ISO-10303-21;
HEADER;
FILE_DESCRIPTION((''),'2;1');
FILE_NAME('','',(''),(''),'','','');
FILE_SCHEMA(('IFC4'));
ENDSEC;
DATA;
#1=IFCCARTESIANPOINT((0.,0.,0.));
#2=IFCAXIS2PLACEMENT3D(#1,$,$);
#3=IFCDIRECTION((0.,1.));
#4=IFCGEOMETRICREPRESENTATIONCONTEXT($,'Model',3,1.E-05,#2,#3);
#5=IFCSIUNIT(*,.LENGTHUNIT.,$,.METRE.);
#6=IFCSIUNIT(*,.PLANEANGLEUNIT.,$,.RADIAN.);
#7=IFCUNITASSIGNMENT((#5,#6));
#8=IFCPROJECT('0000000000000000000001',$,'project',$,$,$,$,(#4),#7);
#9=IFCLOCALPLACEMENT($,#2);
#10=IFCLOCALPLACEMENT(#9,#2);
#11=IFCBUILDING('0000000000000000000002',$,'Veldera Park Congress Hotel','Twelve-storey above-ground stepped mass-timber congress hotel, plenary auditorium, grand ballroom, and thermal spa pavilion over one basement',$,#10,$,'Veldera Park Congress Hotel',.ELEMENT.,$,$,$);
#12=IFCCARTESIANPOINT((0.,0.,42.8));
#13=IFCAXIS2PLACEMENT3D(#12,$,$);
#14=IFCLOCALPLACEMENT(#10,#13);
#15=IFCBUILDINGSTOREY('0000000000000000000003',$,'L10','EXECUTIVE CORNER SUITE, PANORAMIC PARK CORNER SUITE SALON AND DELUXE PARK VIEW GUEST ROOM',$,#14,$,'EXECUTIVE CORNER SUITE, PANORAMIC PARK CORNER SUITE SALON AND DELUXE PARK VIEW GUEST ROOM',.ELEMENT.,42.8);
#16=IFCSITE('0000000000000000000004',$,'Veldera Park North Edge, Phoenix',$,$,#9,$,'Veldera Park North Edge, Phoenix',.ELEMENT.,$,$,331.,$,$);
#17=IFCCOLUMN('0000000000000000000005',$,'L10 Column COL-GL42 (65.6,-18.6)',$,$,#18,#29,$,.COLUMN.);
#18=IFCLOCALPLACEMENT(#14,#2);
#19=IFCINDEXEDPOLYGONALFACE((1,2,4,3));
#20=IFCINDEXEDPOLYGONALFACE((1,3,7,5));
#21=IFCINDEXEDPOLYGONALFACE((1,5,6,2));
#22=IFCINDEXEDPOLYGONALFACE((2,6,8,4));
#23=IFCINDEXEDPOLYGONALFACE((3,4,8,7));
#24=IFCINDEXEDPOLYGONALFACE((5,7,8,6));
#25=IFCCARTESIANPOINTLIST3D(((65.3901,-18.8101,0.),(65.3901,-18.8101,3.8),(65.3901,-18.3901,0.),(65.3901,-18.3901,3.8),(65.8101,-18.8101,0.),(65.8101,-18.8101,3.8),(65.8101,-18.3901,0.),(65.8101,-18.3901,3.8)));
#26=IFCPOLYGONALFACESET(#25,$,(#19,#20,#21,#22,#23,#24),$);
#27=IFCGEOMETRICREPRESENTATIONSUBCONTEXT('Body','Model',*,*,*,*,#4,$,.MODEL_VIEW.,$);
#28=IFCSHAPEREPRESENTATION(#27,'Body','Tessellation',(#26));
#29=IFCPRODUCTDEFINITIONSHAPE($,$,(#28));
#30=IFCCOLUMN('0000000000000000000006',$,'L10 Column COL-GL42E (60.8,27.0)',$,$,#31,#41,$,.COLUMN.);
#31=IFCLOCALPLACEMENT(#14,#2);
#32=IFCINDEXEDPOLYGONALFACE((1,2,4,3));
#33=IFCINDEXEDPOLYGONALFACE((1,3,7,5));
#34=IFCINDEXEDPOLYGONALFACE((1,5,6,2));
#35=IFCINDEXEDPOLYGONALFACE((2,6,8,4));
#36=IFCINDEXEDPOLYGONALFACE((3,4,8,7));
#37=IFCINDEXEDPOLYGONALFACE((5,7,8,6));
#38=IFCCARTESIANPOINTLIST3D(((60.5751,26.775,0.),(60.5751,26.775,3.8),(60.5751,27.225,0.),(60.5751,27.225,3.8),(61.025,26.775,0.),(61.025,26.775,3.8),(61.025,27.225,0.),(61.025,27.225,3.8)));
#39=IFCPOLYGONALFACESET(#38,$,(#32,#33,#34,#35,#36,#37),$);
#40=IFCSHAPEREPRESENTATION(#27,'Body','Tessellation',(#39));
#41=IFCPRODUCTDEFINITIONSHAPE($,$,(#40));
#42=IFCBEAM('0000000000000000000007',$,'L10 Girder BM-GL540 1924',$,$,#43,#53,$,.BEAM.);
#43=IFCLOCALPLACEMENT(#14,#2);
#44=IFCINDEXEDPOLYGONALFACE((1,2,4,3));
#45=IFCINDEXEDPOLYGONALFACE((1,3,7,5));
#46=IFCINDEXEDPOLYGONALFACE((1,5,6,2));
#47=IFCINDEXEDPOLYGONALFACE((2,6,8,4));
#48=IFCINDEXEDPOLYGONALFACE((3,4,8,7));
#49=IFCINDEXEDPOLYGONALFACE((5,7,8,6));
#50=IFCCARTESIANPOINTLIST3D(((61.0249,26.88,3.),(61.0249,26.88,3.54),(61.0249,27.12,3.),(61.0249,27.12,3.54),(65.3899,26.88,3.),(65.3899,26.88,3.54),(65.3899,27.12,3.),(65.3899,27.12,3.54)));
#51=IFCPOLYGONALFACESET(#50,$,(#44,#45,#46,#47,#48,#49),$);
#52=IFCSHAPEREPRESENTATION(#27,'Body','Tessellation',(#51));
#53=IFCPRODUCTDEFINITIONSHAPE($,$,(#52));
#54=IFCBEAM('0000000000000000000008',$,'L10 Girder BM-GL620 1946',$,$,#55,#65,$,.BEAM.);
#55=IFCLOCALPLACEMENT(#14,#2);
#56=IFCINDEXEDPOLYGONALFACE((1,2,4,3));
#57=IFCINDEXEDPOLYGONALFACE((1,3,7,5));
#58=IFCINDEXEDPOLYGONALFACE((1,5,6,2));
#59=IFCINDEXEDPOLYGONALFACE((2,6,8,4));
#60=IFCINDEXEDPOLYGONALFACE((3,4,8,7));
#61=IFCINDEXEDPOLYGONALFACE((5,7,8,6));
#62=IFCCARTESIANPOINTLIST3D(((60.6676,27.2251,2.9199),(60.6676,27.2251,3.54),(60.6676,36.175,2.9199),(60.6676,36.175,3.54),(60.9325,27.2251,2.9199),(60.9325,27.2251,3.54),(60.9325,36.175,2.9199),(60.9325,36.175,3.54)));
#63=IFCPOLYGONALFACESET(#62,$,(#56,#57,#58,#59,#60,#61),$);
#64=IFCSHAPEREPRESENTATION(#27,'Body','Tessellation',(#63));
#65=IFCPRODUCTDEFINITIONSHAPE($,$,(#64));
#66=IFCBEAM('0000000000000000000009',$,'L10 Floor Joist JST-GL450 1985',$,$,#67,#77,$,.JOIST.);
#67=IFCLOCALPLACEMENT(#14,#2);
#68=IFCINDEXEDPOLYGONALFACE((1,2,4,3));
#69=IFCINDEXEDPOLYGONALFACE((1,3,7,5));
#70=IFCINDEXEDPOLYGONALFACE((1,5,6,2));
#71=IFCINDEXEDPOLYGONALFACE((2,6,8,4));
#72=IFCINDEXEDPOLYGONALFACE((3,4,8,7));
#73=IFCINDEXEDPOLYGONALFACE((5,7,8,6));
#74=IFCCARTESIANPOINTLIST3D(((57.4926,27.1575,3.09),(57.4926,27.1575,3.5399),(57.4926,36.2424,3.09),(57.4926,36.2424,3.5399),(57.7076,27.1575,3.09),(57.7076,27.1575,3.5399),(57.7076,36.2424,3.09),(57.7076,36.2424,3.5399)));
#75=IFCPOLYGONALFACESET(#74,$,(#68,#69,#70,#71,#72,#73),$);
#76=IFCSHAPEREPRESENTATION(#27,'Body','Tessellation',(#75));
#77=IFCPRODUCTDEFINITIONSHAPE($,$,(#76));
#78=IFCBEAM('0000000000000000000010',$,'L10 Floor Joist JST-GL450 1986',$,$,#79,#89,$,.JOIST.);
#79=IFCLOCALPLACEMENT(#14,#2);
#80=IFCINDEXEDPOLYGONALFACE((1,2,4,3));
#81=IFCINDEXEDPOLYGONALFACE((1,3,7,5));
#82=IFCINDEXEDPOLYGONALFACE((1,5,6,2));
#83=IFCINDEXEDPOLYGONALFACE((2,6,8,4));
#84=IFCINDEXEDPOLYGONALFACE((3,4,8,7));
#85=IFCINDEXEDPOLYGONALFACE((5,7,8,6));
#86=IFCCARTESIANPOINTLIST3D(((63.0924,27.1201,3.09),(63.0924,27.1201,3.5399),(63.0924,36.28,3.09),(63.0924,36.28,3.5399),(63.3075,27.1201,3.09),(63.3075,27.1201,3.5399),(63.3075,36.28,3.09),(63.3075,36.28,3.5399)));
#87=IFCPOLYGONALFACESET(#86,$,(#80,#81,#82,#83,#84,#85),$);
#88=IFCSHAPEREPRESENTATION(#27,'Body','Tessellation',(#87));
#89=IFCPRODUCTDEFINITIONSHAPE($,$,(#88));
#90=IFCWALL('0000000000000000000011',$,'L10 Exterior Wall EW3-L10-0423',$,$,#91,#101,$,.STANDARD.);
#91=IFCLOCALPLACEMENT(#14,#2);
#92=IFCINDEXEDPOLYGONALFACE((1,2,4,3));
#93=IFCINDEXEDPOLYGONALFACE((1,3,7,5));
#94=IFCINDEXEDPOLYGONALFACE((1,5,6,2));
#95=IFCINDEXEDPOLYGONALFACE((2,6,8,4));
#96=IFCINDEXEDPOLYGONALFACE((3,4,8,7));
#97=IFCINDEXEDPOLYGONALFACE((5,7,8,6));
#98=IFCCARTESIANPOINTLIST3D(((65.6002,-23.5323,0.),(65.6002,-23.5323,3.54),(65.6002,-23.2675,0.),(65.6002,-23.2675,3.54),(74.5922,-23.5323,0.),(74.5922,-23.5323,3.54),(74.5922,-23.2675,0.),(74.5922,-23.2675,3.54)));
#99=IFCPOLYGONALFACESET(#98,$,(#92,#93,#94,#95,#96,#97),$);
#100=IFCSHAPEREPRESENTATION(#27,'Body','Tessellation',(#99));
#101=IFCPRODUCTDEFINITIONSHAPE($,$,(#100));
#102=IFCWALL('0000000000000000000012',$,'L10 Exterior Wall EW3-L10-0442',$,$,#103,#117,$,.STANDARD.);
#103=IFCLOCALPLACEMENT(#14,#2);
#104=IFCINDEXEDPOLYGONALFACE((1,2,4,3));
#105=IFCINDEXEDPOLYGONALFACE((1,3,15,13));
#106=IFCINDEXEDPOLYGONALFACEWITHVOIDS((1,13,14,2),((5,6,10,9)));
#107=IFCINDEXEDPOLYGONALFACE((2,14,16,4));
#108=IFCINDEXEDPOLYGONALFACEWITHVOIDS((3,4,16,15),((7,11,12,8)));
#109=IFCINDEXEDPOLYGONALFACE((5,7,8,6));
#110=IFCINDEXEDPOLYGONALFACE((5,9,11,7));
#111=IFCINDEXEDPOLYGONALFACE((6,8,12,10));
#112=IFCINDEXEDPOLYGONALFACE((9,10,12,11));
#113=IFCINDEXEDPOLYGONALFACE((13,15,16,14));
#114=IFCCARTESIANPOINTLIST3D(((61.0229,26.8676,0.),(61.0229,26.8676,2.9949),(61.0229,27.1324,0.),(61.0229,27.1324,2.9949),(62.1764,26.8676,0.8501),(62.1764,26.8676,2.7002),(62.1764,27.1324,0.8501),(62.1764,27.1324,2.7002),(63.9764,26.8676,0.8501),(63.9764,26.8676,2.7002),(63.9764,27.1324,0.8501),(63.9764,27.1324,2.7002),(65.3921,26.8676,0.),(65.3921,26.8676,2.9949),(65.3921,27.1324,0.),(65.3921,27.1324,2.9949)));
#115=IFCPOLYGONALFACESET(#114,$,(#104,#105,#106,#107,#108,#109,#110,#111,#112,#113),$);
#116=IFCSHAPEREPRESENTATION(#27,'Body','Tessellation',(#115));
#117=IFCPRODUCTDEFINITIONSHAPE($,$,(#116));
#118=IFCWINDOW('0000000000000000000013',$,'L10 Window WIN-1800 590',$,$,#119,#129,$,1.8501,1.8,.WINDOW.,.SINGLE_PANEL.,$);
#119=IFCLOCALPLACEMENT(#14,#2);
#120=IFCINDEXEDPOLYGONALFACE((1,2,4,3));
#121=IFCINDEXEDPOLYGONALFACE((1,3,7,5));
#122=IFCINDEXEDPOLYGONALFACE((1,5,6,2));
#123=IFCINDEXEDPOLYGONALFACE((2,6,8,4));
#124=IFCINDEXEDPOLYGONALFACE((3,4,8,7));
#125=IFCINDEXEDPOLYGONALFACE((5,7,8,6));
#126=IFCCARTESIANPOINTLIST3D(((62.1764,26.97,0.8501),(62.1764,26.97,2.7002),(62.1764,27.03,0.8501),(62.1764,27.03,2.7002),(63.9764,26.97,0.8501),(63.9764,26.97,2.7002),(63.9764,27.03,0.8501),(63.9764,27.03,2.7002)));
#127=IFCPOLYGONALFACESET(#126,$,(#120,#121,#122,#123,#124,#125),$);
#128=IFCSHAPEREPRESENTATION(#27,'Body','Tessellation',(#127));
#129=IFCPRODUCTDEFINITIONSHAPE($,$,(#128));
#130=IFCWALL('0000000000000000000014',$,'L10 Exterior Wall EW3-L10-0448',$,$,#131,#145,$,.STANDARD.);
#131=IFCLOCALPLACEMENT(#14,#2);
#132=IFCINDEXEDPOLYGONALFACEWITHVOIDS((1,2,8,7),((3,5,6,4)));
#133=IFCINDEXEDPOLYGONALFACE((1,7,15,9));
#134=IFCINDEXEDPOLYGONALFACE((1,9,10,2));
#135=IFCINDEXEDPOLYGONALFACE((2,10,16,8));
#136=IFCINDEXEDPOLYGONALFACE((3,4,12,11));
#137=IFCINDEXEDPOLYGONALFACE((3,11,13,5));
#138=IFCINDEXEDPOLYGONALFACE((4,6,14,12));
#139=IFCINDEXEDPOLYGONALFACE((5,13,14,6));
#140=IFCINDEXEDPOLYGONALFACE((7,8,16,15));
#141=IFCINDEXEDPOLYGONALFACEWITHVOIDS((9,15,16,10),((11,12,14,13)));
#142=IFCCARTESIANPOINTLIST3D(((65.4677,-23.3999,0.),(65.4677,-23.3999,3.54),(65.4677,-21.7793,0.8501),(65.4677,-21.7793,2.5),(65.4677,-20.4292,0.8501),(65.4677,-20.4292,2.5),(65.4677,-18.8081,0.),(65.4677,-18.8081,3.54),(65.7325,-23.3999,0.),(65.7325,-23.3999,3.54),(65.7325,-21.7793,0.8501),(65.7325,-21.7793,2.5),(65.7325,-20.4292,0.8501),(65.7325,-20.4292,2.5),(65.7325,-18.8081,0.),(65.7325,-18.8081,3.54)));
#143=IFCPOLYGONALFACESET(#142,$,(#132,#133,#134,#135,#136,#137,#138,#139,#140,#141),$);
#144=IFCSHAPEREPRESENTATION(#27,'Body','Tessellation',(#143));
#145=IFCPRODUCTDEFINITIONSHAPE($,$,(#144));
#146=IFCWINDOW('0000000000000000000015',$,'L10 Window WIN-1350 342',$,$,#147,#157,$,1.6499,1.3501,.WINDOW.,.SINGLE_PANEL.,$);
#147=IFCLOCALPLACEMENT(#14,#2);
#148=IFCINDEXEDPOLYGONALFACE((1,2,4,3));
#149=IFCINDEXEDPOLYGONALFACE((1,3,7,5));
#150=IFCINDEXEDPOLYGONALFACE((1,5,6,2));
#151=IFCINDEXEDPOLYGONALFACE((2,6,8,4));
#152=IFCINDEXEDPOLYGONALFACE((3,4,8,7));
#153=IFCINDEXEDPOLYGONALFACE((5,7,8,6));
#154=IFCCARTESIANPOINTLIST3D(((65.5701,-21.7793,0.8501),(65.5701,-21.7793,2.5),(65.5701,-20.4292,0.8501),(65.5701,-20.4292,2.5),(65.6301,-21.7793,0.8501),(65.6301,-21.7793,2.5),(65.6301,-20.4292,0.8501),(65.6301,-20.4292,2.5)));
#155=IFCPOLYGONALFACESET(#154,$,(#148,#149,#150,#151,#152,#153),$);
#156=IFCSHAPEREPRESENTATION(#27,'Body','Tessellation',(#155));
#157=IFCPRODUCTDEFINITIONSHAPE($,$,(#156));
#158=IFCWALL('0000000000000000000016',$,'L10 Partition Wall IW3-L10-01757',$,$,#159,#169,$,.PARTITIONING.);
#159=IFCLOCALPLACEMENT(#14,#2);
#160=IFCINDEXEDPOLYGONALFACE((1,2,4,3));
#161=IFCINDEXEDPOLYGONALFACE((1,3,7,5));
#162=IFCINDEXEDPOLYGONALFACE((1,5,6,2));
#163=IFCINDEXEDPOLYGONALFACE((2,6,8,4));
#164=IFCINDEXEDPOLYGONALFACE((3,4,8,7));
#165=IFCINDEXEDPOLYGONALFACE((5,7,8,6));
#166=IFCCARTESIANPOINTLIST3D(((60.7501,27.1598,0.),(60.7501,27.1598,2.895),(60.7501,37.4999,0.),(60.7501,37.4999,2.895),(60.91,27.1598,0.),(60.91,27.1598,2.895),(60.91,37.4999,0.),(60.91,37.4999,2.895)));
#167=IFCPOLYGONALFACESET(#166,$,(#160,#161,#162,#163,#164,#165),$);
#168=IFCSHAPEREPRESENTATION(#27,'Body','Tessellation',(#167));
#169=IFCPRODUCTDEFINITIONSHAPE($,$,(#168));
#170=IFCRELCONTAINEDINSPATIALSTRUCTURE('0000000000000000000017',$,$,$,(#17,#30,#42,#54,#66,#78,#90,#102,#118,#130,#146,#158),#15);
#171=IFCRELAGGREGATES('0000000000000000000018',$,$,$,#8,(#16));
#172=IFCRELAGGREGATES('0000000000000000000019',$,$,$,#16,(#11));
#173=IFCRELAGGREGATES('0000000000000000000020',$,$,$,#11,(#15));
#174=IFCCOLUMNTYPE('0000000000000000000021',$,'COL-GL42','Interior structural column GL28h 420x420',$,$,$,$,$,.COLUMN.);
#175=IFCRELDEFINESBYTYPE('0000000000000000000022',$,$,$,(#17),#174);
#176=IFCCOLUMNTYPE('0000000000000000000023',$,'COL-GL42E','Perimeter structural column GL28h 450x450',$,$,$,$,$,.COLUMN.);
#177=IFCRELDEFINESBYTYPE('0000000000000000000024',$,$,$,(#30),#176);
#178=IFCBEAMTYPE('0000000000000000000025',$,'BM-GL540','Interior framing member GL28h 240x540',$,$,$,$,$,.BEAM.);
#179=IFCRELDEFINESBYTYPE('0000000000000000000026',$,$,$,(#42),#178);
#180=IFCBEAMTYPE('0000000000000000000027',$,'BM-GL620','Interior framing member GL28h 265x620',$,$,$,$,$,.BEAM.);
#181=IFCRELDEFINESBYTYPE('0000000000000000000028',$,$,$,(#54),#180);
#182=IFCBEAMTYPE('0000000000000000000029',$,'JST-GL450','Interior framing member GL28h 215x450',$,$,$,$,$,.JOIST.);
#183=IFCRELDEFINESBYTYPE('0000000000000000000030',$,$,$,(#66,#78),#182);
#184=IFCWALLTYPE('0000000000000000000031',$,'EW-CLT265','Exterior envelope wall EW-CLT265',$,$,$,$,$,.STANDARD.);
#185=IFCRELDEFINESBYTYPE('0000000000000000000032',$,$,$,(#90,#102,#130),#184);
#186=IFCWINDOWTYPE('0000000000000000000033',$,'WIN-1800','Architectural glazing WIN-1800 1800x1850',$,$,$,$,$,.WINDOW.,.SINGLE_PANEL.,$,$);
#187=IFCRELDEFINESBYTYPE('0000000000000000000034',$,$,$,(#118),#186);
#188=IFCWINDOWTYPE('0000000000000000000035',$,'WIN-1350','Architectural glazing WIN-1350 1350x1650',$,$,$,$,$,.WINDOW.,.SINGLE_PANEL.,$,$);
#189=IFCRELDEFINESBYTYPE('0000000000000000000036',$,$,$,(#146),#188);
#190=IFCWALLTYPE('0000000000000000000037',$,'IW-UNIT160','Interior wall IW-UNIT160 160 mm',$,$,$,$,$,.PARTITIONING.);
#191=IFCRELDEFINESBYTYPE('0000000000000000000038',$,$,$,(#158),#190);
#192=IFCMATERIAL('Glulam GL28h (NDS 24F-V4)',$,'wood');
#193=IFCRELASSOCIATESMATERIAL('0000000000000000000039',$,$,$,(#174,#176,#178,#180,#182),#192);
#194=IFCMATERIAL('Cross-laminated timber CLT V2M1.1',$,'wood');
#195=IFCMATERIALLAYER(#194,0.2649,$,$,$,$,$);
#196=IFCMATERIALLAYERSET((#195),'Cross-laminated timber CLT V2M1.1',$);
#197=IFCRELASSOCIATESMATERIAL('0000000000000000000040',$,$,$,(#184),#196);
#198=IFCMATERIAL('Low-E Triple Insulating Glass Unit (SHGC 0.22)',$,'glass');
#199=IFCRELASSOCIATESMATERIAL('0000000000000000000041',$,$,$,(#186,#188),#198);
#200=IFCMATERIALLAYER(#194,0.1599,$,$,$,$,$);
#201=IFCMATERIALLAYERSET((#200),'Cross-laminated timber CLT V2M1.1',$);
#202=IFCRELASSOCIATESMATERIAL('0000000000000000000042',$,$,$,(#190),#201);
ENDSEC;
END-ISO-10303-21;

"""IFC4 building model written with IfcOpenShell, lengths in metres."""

from ifc_helpers import new_model, si_unit, direction, frame, frame_2d, origin, origin_2d, place, context, subcontext, project, spatial, rectangle, extrude, material, layer, layer_set, material_profile, profile_set, type_object, element, fill, save


model = new_model("IFC4")

# Units and contexts
model_context = context("Model", 3, precision=1e-05, world=origin(), true_north=direction((0.0, 1.0)))
body_context = subcontext(model_context, "Body", "Model", "MODEL_VIEW")
ifc_project = project(units=[si_unit("LENGTHUNIT", "METRE"), si_unit("PLANEANGLEUNIT", "RADIAN")], contexts=[model_context])

# Site, building, storey
site_placement = place(None, origin())
site = spatial("IfcSite", under=ifc_project, at=site_placement, Name="Veldera Park North Edge, Phoenix", LongName="Veldera Park North Edge, Phoenix", CompositionType="ELEMENT", RefElevation=331.0)
building_placement = place(site_placement, origin())
building = spatial("IfcBuilding", under=site, at=building_placement, Name="Veldera Park Congress Hotel", Description="Twelve-storey above-ground stepped mass-timber congress hotel, plenary auditorium, grand ballroom, and thermal spa pavilion over one basement", LongName="Veldera Park Congress Hotel", CompositionType="ELEMENT")
storey_placement = place(building_placement, frame((0.0, 0.0, 42.8)))
storey = spatial("IfcBuildingStorey", under=building, at=storey_placement, Name="L10", Description="EXECUTIVE CORNER SUITE, PANORAMIC PARK CORNER SUITE SALON AND DELUXE PARK VIEW GUEST ROOM", LongName="EXECUTIVE CORNER SUITE, PANORAMIC PARK CORNER SUITE SALON AND DELUXE PARK VIEW GUEST ROOM", CompositionType="ELEMENT", Elevation=42.8)

# Columns
ifc_material_1 = material(Name="Glulam GL28h (NDS 24F-V4)", Category="wood")
ifc_material_profile_1 = material_profile(ifc_material_1, rectangle(XDim=0.4199, YDim=0.4199, at=origin_2d()), Name="GL28h 420x420")
ifc_profile_set_1 = profile_set([ifc_material_profile_1], Name="Glulam GL28h (NDS 24F-V4)")
column_type_1 = type_object("IfcColumnType", Name="COL-GL42", Description="Interior structural column GL28h 420x420", PredefinedType="COLUMN", material=ifc_profile_set_1)
column_1_placement = place(storey_placement, frame((65.6001, -18.6001, 0.0), z_axis=(0.0, 0.0, 1.0), x_axis=(1.0, 0.0, 0.0)))
element("IfcColumn", 1, at=column_1_placement, inside=storey, type_object=column_type_1, Name="L10 Column COL-GL42 (65.6,-18.6)", PredefinedType="COLUMN", context=body_context, shape_type="SweptSolid", body=[
    extrude(rectangle(XDim=0.4199, YDim=0.4199, at=origin_2d()), origin(), (0.0, 0.0, 1.0), 3.8),
])
ifc_material_profile_2 = material_profile(ifc_material_1, rectangle(XDim=0.45, YDim=0.45, at=origin_2d()), Name="GL28h 450x450")
ifc_profile_set_2 = profile_set([ifc_material_profile_2], Name="Glulam GL28h (NDS 24F-V4)")
column_type_2 = type_object("IfcColumnType", Name="COL-GL42E", Description="Perimeter structural column GL28h 450x450", PredefinedType="COLUMN", material=ifc_profile_set_2)
column_2_placement = place(storey_placement, frame((60.8, 27.0, 0.0), z_axis=(0.0, 0.0, 1.0), x_axis=(1.0, 0.0, 0.0)))
element("IfcColumn", 2, at=column_2_placement, inside=storey, type_object=column_type_2, Name="L10 Column COL-GL42E (60.8,27.0)", PredefinedType="COLUMN", context=body_context, shape_type="SweptSolid", body=[
    extrude(rectangle(XDim=0.45, YDim=0.45, at=origin_2d()), origin(), (0.0, 0.0, 1.0), 3.8),
])

# Beams
ifc_material_profile_3 = material_profile(ifc_material_1, rectangle(XDim=0.24, YDim=0.54, at=origin_2d()), Name="GL28h 240x540")
ifc_profile_set_3 = profile_set([ifc_material_profile_3], Name="Glulam GL28h (NDS 24F-V4)")
beam_type_1 = type_object("IfcBeamType", Name="BM-GL540", Description="Interior framing member GL28h 240x540", PredefinedType="BEAM", material=ifc_profile_set_3)
beam_1_placement = place(storey_placement, frame((61.0249, 27.0, 3.27), z_axis=(1.0, 0.0, 0.0), x_axis=(0.0, 1.0, 0.0)))
element("IfcBeam", 3, at=beam_1_placement, inside=storey, type_object=beam_type_1, Name="L10 Girder BM-GL540 1924", PredefinedType="BEAM", context=body_context, shape_type="SweptSolid", body=[
    extrude(rectangle(XDim=0.24, YDim=0.54, at=origin_2d()), origin(), (0.0, 0.0, 1.0), 4.365),
])
ifc_material_profile_4 = material_profile(ifc_material_1, rectangle(XDim=0.2649, YDim=0.6201, at=origin_2d()), Name="GL28h 265x620")
ifc_profile_set_4 = profile_set([ifc_material_profile_4], Name="Glulam GL28h (NDS 24F-V4)")
beam_type_2 = type_object("IfcBeamType", Name="BM-GL620", Description="Interior framing member GL28h 265x620", PredefinedType="BEAM", material=ifc_profile_set_4)
beam_2_placement = place(storey_placement, frame((60.8, 27.2251, 3.23), z_axis=(0.0, 1.0, 0.0), x_axis=(-1.0, 0.0, 0.0)))
element("IfcBeam", 4, at=beam_2_placement, inside=storey, type_object=beam_type_2, Name="L10 Girder BM-GL620 1946", PredefinedType="BEAM", context=body_context, shape_type="SweptSolid", body=[
    extrude(rectangle(XDim=0.2649, YDim=0.6201, at=origin_2d()), origin(), (0.0, 0.0, 1.0), 8.95),
])
ifc_material_profile_5 = material_profile(ifc_material_1, rectangle(XDim=0.2151, YDim=0.45, at=origin_2d()), Name="GL28h 215x450")
ifc_profile_set_5 = profile_set([ifc_material_profile_5], Name="Glulam GL28h (NDS 24F-V4)")
beam_type_3 = type_object("IfcBeamType", Name="JST-GL450", Description="Interior framing member GL28h 215x450", PredefinedType="JOIST", material=ifc_profile_set_5)
beam_3_placement = place(storey_placement, frame((57.6001, 27.1575, 3.3149), z_axis=(0.0, 1.0, 0.0), x_axis=(-1.0, 0.0, 0.0)))
element("IfcBeam", 5, at=beam_3_placement, inside=storey, type_object=beam_type_3, Name="L10 Floor Joist JST-GL450 1985", PredefinedType="JOIST", context=body_context, shape_type="SweptSolid", body=[
    extrude(rectangle(XDim=0.2151, YDim=0.45, at=origin_2d()), origin(), (0.0, 0.0, 1.0), 9.085),
])
beam_4_placement = place(storey_placement, frame((63.2, 27.1201, 3.3149), z_axis=(0.0, 1.0, 0.0), x_axis=(-1.0, 0.0, 0.0)))
element("IfcBeam", 6, at=beam_4_placement, inside=storey, type_object=beam_type_3, Name="L10 Floor Joist JST-GL450 1986", PredefinedType="JOIST", context=body_context, shape_type="SweptSolid", body=[
    extrude(rectangle(XDim=0.2151, YDim=0.45, at=origin_2d()), origin(), (0.0, 0.0, 1.0), 9.1599),
])

# Wall
ifc_material_2 = material(Name="Cross-laminated timber CLT V2M1.1", Category="wood")
ifc_layer_1 = layer(ifc_material_2, 0.2649)
ifc_layer_set_1 = layer_set([ifc_layer_1], Name="Cross-laminated timber CLT V2M1.1")
wall_type_1 = type_object("IfcWallType", Name="EW-CLT265", Description="Exterior envelope wall EW-CLT265", PredefinedType="STANDARD", material=ifc_layer_set_1)
wall_1_placement = place(storey_placement, frame((65.6001, -23.3999, 0.0), z_axis=(0.0, 0.0, 1.0), x_axis=(1.0, 0.0, 0.0)))
element("IfcWall", 7, at=wall_1_placement, inside=storey, type_object=wall_type_1, Name="L10 Exterior Wall EW3-L10-0423", PredefinedType="STANDARD", context=body_context, shape_type="SweptSolid", body=[
    extrude(rectangle(XDim=8.9919, YDim=0.2649, at=frame_2d((4.4961, 0.0))), origin(), (0.0, 0.0, 1.0), 3.54),
])

# Walls, openings, windows
wall_2_placement = place(storey_placement, frame((61.0229, 27.0, 0.0), z_axis=(0.0, 0.0, 1.0), x_axis=(1.0, 0.0, 0.0)))
wall_2 = element("IfcWall", 8, at=wall_2_placement, inside=storey, type_object=wall_type_1, Name="L10 Exterior Wall EW3-L10-0442", PredefinedType="STANDARD", context=body_context, shape_type="SweptSolid", body=[
    extrude(rectangle(XDim=4.3691, YDim=0.2649, at=frame_2d((2.1846, 0.0))), origin(), (0.0, 0.0, 1.0), 2.9949),
])
opening_1_placement = place(wall_2_placement, frame((1.1536, 0.0, 0.8501)))
opening_1 = element("IfcOpeningElement", 9, at=opening_1_placement, cuts=wall_2, PredefinedType="OPENING", context=body_context, shape_type="SweptSolid", body=[
    extrude(rectangle(XDim=1.8, YDim=1.8501, at=frame_2d((0.8999, 0.925))), frame((0.0, 0.1445, 0.0), z_axis=(0.0, -1.0, 0.0), x_axis=(1.0, 0.0, 0.0)), (0.0, 0.0, 1.0), 0.2888),
])
ifc_material_3 = material(Name="Low-E Triple Insulating Glass Unit (SHGC 0.22)", Category="glass")
window_type_1 = type_object("IfcWindowType", Name="WIN-1800", Description="Architectural glazing WIN-1800 1800x1850", PartitioningType="SINGLE_PANEL", PredefinedType="WINDOW", material=ifc_material_3)
window_1_placement = place(opening_1_placement, origin())
window_1 = element("IfcWindow", 10, at=window_1_placement, inside=storey, type_object=window_type_1, Name="L10 Window WIN-1800 590", OverallHeight=1.8501, OverallWidth=1.8, PartitioningType="SINGLE_PANEL", PredefinedType="WINDOW", context=body_context, shape_type="SweptSolid", body=[
    extrude(rectangle(XDim=1.8, YDim=1.8501, at=frame_2d((0.8999, 0.925))), frame((0.0, 0.03, 0.0), z_axis=(0.0, -1.0, 0.0), x_axis=(1.0, 0.0, 0.0)), (0.0, 0.0, 1.0), 0.0601),
])
fill(opening_1, window_1)
wall_3_placement = place(storey_placement, frame((65.6001, -18.8081, 0.0), z_axis=(0.0, 0.0, 1.0), x_axis=(0.0, -1.0, 0.0)))
wall_3 = element("IfcWall", 11, at=wall_3_placement, inside=storey, type_object=wall_type_1, Name="L10 Exterior Wall EW3-L10-0448", PredefinedType="STANDARD", context=body_context, shape_type="SweptSolid", body=[
    extrude(rectangle(XDim=4.5918, YDim=0.2649, at=frame_2d((2.2959, 0.0))), origin(), (0.0, 0.0, 1.0), 3.54),
])
opening_2_placement = place(wall_3_placement, frame((1.6211, 0.0, 0.8501)))
opening_2 = element("IfcOpeningElement", 12, at=opening_2_placement, cuts=wall_3, PredefinedType="OPENING", context=body_context, shape_type="SweptSolid", body=[
    extrude(rectangle(XDim=1.3501, YDim=1.6499, at=frame_2d((0.675, 0.825))), frame((0.0, 0.1445, 0.0), z_axis=(0.0, -1.0, 0.0), x_axis=(1.0, 0.0, 0.0)), (0.0, 0.0, 1.0), 0.2888),
])
window_type_2 = type_object("IfcWindowType", Name="WIN-1350", Description="Architectural glazing WIN-1350 1350x1650", PartitioningType="SINGLE_PANEL", PredefinedType="WINDOW", material=ifc_material_3)
window_2_placement = place(opening_2_placement, origin())
window_2 = element("IfcWindow", 13, at=window_2_placement, inside=storey, type_object=window_type_2, Name="L10 Window WIN-1350 342", OverallHeight=1.6499, OverallWidth=1.3501, PartitioningType="SINGLE_PANEL", PredefinedType="WINDOW", context=body_context, shape_type="SweptSolid", body=[
    extrude(rectangle(XDim=1.3501, YDim=1.6499, at=frame_2d((0.675, 0.825))), frame((0.0, 0.03, 0.0), z_axis=(0.0, -1.0, 0.0), x_axis=(1.0, 0.0, 0.0)), (0.0, 0.0, 1.0), 0.0601),
])
fill(opening_2, window_2)

# Wall
ifc_layer_2 = layer(ifc_material_2, 0.1599)
ifc_layer_set_2 = layer_set([ifc_layer_2], Name="Cross-laminated timber CLT V2M1.1")
wall_type_2 = type_object("IfcWallType", Name="IW-UNIT160", Description="Interior wall IW-UNIT160 160 mm", PredefinedType="PARTITIONING", material=ifc_layer_set_2)
wall_4_placement = place(storey_placement, frame((60.8301, 27.1599, 0.0), z_axis=(0.0, 0.0, 1.0), x_axis=(0.0, 1.0, 0.0)))
element("IfcWall", 14, at=wall_4_placement, inside=storey, type_object=wall_type_2, Name="L10 Partition Wall IW3-L10-01757", PredefinedType="PARTITIONING", context=body_context, shape_type="SweptSolid", body=[
    extrude(rectangle(XDim=10.3401, YDim=0.1599, at=frame_2d((5.1699, 0.0))), origin(), (0.0, 0.0, 1.0), 2.895),
])

save(model, "model.ifc")
